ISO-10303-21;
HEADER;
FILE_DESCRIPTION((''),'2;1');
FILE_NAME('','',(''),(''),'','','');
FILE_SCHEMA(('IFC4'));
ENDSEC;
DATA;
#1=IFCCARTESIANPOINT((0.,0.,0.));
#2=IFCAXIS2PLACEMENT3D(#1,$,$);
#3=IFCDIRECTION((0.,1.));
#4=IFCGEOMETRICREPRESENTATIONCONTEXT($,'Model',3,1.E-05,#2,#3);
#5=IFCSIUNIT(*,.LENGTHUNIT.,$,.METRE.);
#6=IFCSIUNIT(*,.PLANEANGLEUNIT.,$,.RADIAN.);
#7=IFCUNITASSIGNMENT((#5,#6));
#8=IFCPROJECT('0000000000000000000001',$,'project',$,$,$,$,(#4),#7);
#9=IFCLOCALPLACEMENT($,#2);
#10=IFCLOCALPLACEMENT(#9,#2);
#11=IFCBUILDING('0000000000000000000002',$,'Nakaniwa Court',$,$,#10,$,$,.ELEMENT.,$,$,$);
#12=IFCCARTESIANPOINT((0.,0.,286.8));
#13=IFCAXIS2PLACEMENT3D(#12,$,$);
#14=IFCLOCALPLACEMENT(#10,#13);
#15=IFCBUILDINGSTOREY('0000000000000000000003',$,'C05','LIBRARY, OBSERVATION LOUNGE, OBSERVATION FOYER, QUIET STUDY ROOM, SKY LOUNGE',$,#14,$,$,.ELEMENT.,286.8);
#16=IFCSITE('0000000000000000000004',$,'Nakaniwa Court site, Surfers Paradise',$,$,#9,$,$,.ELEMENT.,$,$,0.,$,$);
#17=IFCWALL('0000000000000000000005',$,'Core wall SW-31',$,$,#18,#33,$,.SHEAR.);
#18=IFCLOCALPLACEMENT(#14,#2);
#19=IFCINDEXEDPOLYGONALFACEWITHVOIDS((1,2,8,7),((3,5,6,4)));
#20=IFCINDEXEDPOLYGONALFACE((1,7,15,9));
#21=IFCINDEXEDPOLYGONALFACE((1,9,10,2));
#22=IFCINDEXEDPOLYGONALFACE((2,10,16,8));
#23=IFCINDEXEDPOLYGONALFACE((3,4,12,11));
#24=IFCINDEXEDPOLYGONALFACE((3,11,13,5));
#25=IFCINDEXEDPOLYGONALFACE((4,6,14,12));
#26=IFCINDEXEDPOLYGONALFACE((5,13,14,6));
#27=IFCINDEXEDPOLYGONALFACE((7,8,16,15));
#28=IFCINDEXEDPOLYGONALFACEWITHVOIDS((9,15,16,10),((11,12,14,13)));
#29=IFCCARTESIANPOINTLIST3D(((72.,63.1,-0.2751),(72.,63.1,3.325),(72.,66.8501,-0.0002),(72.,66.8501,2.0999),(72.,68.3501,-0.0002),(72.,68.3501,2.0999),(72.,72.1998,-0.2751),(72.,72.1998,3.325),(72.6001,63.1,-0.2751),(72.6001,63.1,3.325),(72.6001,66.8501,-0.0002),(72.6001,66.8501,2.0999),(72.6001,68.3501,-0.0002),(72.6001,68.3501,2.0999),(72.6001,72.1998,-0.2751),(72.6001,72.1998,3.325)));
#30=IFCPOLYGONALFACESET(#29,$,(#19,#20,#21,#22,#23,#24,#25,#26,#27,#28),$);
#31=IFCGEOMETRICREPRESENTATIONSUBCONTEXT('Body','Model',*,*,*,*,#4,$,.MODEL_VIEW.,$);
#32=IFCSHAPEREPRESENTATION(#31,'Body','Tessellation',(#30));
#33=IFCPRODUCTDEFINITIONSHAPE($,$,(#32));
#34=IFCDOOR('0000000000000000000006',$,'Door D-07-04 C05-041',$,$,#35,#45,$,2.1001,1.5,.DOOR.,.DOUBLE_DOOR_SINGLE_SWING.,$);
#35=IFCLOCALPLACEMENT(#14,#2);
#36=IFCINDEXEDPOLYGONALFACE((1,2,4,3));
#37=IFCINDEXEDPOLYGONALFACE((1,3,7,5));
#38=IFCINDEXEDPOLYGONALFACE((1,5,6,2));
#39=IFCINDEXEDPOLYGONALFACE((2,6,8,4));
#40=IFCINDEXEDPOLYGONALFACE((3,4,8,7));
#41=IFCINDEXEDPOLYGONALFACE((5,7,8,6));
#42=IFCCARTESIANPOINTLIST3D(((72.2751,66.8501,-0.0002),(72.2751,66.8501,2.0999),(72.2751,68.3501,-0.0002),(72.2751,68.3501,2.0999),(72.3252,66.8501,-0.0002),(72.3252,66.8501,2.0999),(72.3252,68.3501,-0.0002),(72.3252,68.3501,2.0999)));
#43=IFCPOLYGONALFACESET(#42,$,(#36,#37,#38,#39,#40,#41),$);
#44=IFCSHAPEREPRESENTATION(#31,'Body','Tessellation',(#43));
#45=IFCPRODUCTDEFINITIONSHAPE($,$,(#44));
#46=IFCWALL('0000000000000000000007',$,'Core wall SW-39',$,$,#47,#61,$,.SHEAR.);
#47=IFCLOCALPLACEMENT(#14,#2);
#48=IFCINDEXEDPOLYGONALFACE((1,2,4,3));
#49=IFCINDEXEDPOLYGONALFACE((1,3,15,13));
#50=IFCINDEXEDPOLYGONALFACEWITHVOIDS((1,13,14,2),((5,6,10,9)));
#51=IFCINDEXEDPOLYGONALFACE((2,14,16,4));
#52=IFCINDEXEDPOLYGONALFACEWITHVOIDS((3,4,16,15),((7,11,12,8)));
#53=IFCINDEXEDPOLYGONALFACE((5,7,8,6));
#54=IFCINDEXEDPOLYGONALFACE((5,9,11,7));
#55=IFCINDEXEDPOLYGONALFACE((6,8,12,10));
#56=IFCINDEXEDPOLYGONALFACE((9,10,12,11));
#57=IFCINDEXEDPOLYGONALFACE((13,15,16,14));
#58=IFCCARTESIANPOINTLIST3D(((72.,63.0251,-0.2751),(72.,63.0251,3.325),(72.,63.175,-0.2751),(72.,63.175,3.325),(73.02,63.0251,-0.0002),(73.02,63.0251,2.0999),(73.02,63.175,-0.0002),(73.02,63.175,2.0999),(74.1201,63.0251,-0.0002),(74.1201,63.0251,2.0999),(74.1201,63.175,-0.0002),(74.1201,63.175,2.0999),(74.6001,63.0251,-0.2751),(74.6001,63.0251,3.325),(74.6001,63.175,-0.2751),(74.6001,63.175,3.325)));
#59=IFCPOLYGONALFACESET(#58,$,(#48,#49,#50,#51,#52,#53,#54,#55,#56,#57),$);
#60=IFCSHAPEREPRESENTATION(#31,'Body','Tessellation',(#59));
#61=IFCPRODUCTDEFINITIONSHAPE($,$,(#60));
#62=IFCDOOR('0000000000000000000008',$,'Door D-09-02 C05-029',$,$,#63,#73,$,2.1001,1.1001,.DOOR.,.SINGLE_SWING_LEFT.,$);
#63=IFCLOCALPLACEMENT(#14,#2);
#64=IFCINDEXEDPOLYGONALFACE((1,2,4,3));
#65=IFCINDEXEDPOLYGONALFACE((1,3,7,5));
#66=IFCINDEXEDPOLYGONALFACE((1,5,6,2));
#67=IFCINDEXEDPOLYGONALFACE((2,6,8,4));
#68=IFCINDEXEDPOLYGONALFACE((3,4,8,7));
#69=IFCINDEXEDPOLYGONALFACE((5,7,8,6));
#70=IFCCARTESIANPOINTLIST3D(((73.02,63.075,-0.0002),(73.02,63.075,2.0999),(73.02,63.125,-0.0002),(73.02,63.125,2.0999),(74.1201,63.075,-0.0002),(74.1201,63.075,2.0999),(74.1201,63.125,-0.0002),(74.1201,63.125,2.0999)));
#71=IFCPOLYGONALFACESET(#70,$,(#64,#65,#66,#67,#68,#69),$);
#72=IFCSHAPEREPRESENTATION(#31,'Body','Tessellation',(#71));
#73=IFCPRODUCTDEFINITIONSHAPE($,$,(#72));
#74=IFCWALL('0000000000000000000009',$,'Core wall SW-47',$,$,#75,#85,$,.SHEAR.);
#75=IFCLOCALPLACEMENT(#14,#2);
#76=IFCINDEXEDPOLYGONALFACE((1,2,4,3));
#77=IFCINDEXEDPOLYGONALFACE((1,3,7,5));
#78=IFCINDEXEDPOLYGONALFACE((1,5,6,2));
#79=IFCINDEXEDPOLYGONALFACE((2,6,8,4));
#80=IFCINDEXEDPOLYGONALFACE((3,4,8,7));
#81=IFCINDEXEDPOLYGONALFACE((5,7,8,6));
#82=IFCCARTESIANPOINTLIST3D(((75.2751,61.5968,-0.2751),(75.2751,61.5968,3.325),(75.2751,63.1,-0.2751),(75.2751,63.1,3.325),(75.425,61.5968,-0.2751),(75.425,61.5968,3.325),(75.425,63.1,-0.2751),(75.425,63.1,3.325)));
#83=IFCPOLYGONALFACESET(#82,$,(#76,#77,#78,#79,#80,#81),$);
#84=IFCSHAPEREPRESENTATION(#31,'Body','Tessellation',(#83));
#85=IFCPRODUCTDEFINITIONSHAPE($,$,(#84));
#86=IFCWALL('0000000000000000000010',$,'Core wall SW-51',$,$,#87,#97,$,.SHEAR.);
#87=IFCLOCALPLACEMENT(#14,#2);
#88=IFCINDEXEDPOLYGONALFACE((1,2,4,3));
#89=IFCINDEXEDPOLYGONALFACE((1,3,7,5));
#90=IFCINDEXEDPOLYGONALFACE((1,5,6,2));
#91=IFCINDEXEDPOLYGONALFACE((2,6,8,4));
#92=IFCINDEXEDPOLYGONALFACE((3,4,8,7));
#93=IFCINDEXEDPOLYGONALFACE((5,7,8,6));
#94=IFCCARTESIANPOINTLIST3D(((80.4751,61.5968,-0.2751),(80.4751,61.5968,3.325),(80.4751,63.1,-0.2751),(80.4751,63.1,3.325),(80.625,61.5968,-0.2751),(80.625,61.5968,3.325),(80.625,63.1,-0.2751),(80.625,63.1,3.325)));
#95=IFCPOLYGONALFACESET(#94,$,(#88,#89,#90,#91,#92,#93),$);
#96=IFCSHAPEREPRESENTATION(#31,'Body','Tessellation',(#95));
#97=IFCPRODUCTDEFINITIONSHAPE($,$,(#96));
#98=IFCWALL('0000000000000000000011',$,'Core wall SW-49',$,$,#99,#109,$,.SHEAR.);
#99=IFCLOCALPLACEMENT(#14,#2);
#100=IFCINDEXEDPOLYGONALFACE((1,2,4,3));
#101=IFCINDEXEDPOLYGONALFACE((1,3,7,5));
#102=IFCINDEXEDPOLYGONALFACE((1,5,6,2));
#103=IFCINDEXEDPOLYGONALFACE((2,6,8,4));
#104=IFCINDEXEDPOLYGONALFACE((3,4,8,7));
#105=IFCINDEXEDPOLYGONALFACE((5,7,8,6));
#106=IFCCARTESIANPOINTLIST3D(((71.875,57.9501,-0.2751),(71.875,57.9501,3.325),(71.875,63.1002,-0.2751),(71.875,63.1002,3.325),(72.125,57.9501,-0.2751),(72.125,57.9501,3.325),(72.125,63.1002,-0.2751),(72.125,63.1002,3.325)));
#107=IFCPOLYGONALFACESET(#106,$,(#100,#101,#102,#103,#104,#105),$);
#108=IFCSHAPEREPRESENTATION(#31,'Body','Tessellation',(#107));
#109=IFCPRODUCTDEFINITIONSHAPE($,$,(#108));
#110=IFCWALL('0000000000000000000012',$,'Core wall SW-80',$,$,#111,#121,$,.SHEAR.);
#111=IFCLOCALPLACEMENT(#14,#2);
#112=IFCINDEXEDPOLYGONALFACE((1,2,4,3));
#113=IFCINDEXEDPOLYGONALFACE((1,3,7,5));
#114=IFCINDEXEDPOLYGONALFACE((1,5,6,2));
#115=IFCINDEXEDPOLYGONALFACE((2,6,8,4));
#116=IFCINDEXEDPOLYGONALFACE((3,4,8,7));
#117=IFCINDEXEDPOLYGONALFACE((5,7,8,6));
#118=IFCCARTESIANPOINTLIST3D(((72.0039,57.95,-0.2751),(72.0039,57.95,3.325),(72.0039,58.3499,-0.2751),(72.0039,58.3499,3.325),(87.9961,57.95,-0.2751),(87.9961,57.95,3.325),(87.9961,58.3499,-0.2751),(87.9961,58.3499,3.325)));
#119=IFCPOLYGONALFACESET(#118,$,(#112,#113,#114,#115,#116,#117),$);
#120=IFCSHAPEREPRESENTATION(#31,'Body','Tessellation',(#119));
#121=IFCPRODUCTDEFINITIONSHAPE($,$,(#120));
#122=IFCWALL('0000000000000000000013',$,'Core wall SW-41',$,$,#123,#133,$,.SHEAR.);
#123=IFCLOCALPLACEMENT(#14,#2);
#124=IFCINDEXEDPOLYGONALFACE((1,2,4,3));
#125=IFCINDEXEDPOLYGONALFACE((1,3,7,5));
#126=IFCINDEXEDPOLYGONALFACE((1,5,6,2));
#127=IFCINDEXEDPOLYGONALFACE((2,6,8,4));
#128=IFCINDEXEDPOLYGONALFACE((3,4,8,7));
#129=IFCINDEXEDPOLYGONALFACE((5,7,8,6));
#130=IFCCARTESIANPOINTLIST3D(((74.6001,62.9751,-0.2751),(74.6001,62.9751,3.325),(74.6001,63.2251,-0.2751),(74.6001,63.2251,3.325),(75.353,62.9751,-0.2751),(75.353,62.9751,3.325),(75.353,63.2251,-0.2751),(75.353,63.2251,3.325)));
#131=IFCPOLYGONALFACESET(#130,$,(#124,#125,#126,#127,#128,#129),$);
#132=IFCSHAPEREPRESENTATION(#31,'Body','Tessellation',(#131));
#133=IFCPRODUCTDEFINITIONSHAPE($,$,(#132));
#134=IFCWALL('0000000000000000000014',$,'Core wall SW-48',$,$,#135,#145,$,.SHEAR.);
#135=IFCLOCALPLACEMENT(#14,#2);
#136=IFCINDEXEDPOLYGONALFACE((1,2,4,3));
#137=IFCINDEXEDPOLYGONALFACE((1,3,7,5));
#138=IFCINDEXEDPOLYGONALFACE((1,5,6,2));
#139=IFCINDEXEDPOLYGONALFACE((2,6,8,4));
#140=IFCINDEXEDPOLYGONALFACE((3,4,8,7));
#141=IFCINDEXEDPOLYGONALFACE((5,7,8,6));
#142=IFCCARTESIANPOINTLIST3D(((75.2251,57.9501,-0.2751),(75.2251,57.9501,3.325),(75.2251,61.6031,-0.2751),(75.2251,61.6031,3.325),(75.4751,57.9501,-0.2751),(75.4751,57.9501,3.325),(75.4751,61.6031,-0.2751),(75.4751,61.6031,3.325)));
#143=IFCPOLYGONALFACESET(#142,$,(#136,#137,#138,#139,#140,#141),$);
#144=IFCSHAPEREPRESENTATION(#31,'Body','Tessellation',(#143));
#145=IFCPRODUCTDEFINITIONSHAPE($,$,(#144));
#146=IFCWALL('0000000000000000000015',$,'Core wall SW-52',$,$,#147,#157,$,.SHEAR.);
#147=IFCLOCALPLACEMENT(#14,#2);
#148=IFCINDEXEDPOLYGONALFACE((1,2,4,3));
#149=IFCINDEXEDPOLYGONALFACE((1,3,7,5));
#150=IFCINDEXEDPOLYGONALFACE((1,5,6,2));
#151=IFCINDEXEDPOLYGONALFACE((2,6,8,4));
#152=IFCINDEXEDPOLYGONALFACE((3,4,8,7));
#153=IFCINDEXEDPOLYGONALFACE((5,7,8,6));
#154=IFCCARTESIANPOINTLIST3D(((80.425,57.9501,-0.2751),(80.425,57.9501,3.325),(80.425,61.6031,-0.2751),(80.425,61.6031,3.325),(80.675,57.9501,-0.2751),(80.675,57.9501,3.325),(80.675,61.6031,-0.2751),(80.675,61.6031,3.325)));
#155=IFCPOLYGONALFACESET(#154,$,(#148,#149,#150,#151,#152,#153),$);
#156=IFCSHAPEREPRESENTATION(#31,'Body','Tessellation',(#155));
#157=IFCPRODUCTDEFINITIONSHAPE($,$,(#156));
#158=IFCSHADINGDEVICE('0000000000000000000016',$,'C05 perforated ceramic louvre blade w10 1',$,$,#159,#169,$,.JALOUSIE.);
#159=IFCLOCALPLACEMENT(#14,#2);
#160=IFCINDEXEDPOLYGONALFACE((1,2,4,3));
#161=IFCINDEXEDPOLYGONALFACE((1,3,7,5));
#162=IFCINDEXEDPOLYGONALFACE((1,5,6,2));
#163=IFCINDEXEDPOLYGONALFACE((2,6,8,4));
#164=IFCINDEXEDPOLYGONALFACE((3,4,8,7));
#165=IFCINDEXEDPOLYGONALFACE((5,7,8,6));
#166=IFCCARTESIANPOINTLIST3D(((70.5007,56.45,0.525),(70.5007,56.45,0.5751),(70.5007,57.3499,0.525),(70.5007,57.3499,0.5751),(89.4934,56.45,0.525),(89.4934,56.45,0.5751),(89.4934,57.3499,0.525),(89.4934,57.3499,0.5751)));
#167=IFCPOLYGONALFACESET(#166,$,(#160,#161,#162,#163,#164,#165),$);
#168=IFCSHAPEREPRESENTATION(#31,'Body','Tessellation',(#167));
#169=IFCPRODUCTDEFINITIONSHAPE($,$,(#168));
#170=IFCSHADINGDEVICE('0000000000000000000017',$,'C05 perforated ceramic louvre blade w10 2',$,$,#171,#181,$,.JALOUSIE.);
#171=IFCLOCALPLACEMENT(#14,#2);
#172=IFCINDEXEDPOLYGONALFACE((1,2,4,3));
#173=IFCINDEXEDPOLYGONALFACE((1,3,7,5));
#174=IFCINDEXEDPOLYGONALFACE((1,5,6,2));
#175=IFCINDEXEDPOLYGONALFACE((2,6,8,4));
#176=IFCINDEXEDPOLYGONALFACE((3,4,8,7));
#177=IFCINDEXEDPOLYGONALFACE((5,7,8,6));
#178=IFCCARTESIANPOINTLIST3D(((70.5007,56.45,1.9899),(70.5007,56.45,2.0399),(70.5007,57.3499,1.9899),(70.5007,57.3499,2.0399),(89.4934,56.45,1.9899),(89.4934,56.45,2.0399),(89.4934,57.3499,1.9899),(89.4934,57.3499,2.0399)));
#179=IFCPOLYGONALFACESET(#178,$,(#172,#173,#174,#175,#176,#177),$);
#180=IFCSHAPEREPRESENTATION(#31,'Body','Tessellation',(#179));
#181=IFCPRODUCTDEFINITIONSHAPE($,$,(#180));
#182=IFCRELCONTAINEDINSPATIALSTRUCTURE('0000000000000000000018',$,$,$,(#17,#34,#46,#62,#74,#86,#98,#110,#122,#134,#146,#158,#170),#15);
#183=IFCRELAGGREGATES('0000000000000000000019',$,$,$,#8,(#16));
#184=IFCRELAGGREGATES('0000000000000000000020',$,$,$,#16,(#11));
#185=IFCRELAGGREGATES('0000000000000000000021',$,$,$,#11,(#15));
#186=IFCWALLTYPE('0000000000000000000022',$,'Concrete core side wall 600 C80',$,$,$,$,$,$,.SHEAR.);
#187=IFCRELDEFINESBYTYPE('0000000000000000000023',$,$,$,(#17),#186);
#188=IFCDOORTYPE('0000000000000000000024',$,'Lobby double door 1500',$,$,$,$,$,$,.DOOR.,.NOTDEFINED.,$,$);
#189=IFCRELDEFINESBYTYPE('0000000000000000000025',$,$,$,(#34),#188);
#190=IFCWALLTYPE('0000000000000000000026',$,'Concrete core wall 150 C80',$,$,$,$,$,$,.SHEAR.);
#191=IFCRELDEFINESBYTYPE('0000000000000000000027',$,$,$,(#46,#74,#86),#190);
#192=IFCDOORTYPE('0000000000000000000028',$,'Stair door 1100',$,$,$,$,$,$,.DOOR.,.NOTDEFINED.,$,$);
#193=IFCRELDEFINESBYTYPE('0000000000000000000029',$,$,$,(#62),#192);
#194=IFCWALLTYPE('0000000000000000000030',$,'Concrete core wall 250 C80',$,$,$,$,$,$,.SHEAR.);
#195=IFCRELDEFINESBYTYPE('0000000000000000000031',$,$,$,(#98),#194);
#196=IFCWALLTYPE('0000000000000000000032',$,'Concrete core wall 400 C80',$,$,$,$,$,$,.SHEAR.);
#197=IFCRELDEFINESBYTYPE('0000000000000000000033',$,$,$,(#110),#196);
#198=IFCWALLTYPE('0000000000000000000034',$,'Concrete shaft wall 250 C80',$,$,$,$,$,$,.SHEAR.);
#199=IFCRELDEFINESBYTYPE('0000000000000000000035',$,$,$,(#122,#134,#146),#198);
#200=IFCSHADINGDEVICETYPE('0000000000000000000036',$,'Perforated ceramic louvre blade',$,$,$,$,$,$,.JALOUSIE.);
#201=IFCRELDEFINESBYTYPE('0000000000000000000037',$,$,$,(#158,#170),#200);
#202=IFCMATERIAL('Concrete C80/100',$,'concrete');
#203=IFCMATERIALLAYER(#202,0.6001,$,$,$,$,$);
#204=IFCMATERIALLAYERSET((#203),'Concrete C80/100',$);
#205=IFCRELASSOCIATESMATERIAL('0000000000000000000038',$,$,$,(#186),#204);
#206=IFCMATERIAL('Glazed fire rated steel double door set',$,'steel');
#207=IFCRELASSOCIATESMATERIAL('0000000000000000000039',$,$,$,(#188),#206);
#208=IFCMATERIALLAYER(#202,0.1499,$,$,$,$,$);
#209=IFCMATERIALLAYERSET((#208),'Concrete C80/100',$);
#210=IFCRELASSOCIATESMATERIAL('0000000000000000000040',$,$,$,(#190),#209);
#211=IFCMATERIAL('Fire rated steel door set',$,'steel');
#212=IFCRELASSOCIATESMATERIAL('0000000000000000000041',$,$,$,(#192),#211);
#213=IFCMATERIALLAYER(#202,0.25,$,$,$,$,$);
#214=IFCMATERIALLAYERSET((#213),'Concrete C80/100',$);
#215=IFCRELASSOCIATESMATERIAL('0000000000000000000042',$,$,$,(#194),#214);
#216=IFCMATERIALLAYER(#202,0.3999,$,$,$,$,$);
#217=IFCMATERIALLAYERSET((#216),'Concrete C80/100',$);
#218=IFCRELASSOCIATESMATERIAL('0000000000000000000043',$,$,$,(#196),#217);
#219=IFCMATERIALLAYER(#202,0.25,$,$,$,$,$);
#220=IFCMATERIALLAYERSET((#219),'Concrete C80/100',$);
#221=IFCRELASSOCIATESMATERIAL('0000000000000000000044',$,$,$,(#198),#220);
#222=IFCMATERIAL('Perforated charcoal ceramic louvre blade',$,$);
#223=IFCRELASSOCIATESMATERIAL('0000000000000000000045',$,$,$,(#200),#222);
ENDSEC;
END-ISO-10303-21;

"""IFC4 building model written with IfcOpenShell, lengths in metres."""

from ifc_helpers import new_model, si_unit, direction, frame, frame_2d, origin, origin_2d, place, context, subcontext, project, spatial, rectangle, extrude, material, layer, layer_set, material_profile, profile_set, type_object, element, fill, save


model = new_model("IFC4")

# Units and contexts
model_context = context("Model", 3, precision=1e-05, world=origin(), true_north=direction((0.0, 1.0)))
body_context = subcontext(model_context, "Body", "Model", "MODEL_VIEW")
ifc_project = project(units=[si_unit("LENGTHUNIT", "METRE"), si_unit("PLANEANGLEUNIT", "RADIAN")], contexts=[model_context])

# Site, building, storey
site_placement = place(None, origin())
site = spatial("IfcSite", under=ifc_project, at=site_placement, Name="Nakaniwa Court site, Surfers Paradise", CompositionType="ELEMENT", RefElevation=0.0)
building_placement = place(site_placement, origin())
building = spatial("IfcBuilding", under=site, at=building_placement, Name="Nakaniwa Court", CompositionType="ELEMENT")
storey_placement = place(building_placement, frame((0.0, 0.0, 286.8)))
storey = spatial("IfcBuildingStorey", under=building, at=storey_placement, Name="C05", Description="LIBRARY, OBSERVATION LOUNGE, OBSERVATION FOYER, QUIET STUDY ROOM, SKY LOUNGE", CompositionType="ELEMENT", Elevation=286.8)

# Shared definitions
ifc_material_1 = material(Name="Fire rated steel door set", Category="steel")

# Walls, openings, doors
ifc_material_2 = material(Name="Concrete C80/100", Category="concrete")
ifc_layer_1 = layer(ifc_material_2, 0.6001)
ifc_layer_set_1 = layer_set([ifc_layer_1], Name="Concrete C80/100")
wall_type_1 = type_object("IfcWallType", Name="Concrete core side wall 600 C80", PredefinedType="SHEAR", material=ifc_layer_set_1)
wall_1_placement = place(storey_placement, frame((72.3, 63.1001, -0.2751), z_axis=(0.0, 0.0, 1.0), x_axis=(0.0, 1.0, 0.0)))
wall_1 = element("IfcWall", 1, at=wall_1_placement, inside=storey, type_object=wall_type_1, Name="Core wall SW-31", PredefinedType="SHEAR", context=body_context, shape_type="SweptSolid", body=[
    extrude(rectangle(XDim=9.0999, YDim=0.6001, at=frame_2d((4.5498, 0.0))), origin(), (0.0, 0.0, 1.0), 3.6001),
])
opening_1_placement = place(wall_1_placement, frame((3.75, 0.0, 0.2749)))
opening_1 = element("IfcOpeningElement", 2, at=opening_1_placement, cuts=wall_1, PredefinedType="OPENING", context=body_context, shape_type="SweptSolid", body=[
    extrude(rectangle(XDim=1.5, YDim=2.1001, at=frame_2d((0.75, 1.05))), frame((0.0, 0.3101, 0.0), z_axis=(0.0, -1.0, 0.0), x_axis=(1.0, 0.0, 0.0)), (0.0, 0.0, 1.0), 0.6201),
])
ifc_material_3 = material(Name="Glazed fire rated steel double door set", Category="steel")
door_type_1 = type_object("IfcDoorType", Name="Lobby double door 1500", OperationType="NOTDEFINED", PredefinedType="DOOR", material=ifc_material_3)
door_1_placement = place(opening_1_placement, origin())
door_1 = element("IfcDoor", 3, at=door_1_placement, inside=storey, type_object=door_type_1, Name="Door D-07-04 C05-041", OperationType="DOUBLE_DOOR_SINGLE_SWING", OverallHeight=2.1001, OverallWidth=1.5, PredefinedType="DOOR", context=body_context, shape_type="SweptSolid", body=[
    extrude(rectangle(XDim=1.5, YDim=2.1001, at=frame_2d((0.75, 1.05))), frame((0.0, 0.0249, 0.0), z_axis=(0.0, -1.0, 0.0), x_axis=(1.0, 0.0, 0.0)), (0.0, 0.0, 1.0), 0.05),
])
fill(opening_1, door_1)
ifc_layer_2 = layer(ifc_material_2, 0.1499)
ifc_layer_set_2 = layer_set([ifc_layer_2], Name="Concrete C80/100")
wall_type_2 = type_object("IfcWallType", Name="Concrete core wall 150 C80", PredefinedType="SHEAR", material=ifc_layer_set_2)
wall_2_placement = place(storey_placement, frame((72.0, 63.1001, -0.2751), z_axis=(0.0, 0.0, 1.0), x_axis=(1.0, 0.0, 0.0)))
wall_2 = element("IfcWall", 4, at=wall_2_placement, inside=storey, type_object=wall_type_2, Name="Core wall SW-39", PredefinedType="SHEAR", context=body_context, shape_type="SweptSolid", body=[
    extrude(rectangle(XDim=2.6001, YDim=0.1499, at=frame_2d((1.3, 0.0))), origin(), (0.0, 0.0, 1.0), 3.6001),
])
opening_2_placement = place(wall_2_placement, frame((1.02, 0.0, 0.2749)))
opening_2 = element("IfcOpeningElement", 5, at=opening_2_placement, cuts=wall_2, PredefinedType="OPENING", context=body_context, shape_type="SweptSolid", body=[
    extrude(rectangle(XDim=1.1001, YDim=2.1001, at=frame_2d((0.55, 1.05))), frame((0.0, 0.085, 0.0), z_axis=(0.0, -1.0, 0.0), x_axis=(1.0, 0.0, 0.0)), (0.0, 0.0, 1.0), 0.1699),
])
door_type_2 = type_object("IfcDoorType", Name="Stair door 1100", OperationType="NOTDEFINED", PredefinedType="DOOR", material=ifc_material_1)
door_2_placement = place(opening_2_placement, origin())
door_2 = element("IfcDoor", 6, at=door_2_placement, inside=storey, type_object=door_type_2, Name="Door D-09-02 C05-029", OperationType="SINGLE_SWING_LEFT", OverallHeight=2.1001, OverallWidth=1.1001, PredefinedType="DOOR", context=body_context, shape_type="SweptSolid", body=[
    extrude(rectangle(XDim=1.1001, YDim=2.1001, at=frame_2d((0.55, 1.05))), frame((0.0, 0.0249, 0.0), z_axis=(0.0, -1.0, 0.0), x_axis=(1.0, 0.0, 0.0)), (0.0, 0.0, 1.0), 0.05),
])
fill(opening_2, door_2)

# Walls
for number, where, z_axis, x_axis, name in (
    (7, (75.3501, 61.5969, -0.2751), (0.0, 0.0, 1.0), (0.0, 1.0, 0.0), "Core wall SW-47"),
    (8, (80.55, 61.5969, -0.2751), (0.0, 0.0, 1.0), (0.0, 1.0, 0.0), "Core wall SW-51"),
):
    element("IfcWall", number, at=place(storey_placement, frame(where, z_axis=z_axis, x_axis=x_axis)), inside=storey, type_object=wall_type_2, Name=name, PredefinedType="SHEAR", context=body_context, shape_type="SweptSolid", body=[
        extrude(rectangle(XDim=1.5032, YDim=0.1499, at=frame_2d((0.7515, 0.0))), origin(), (0.0, 0.0, 1.0), 3.6001),
    ])
ifc_layer_3 = layer(ifc_material_2, 0.25)
ifc_layer_set_3 = layer_set([ifc_layer_3], Name="Concrete C80/100")
wall_type_3 = type_object("IfcWallType", Name="Concrete core wall 250 C80", PredefinedType="SHEAR", material=ifc_layer_set_3)
wall_3_placement = place(storey_placement, frame((72.0, 57.95, -0.2751), z_axis=(0.0, 0.0, 1.0), x_axis=(0.0, 1.0, 0.0)))
element("IfcWall", 9, at=wall_3_placement, inside=storey, type_object=wall_type_3, Name="Core wall SW-49", PredefinedType="SHEAR", context=body_context, shape_type="SweptSolid", body=[
    extrude(rectangle(XDim=5.1501, YDim=0.25, at=frame_2d((2.5752, 0.0))), origin(), (0.0, 0.0, 1.0), 3.6001),
])
ifc_layer_4 = layer(ifc_material_2, 0.3999)
ifc_layer_set_4 = layer_set([ifc_layer_4], Name="Concrete C80/100")
wall_type_4 = type_object("IfcWallType", Name="Concrete core wall 400 C80", PredefinedType="SHEAR", material=ifc_layer_set_4)
wall_4_placement = place(storey_placement, frame((72.0039, 58.1499, -0.2751), z_axis=(0.0, 0.0, 1.0), x_axis=(1.0, 0.0, 0.0)))
element("IfcWall", 10, at=wall_4_placement, inside=storey, type_object=wall_type_4, Name="Core wall SW-80", PredefinedType="SHEAR", context=body_context, shape_type="SweptSolid", body=[
    extrude(rectangle(XDim=15.9922, YDim=0.3999, at=frame_2d((7.9961, 0.0))), origin(), (0.0, 0.0, 1.0), 3.6001),
])
ifc_layer_5 = layer(ifc_material_2, 0.25)
ifc_layer_set_5 = layer_set([ifc_layer_5], Name="Concrete C80/100")
wall_type_5 = type_object("IfcWallType", Name="Concrete shaft wall 250 C80", PredefinedType="SHEAR", material=ifc_layer_set_5)
wall_5_placement = place(storey_placement, frame((74.6001, 63.1001, -0.2751), z_axis=(0.0, 0.0, 1.0), x_axis=(1.0, 0.0, 0.0)))
element("IfcWall", 11, at=wall_5_placement, inside=storey, type_object=wall_type_5, Name="Core wall SW-41", PredefinedType="SHEAR", context=body_context, shape_type="SweptSolid", body=[
    extrude(rectangle(XDim=0.7529, YDim=0.25, at=frame_2d((0.3765, 0.0))), origin(), (0.0, 0.0, 1.0), 3.6001),
])
for number, where, z_axis, x_axis, name in (
    (12, (75.3501, 57.95, -0.2751), (0.0, 0.0, 1.0), (0.0, 1.0, 0.0), "Core wall SW-48"),
    (13, (80.55, 57.95, -0.2751), (0.0, 0.0, 1.0), (0.0, 1.0, 0.0), "Core wall SW-52"),
):
    element("IfcWall", number, at=place(storey_placement, frame(where, z_axis=z_axis, x_axis=x_axis)), inside=storey, type_object=wall_type_5, Name=name, PredefinedType="SHEAR", context=body_context, shape_type="SweptSolid", body=[
        extrude(rectangle(XDim=3.6531, YDim=0.25, at=frame_2d((1.8267, 0.0))), origin(), (0.0, 0.0, 1.0), 3.6001),
    ])

# Shading devices
ifc_material_4 = material(Name="Perforated charcoal ceramic louvre blade")
ifc_material_profile = material_profile(ifc_material_4, rectangle(XDim=0.8999, YDim=0.05, at=origin_2d()), Name="Perforated ceramic louvre blade")
ifc_profile_set = profile_set([ifc_material_profile], Name="Perforated charcoal ceramic louvre blade")
shading_device_type = type_object("IfcShadingDeviceType", Name="Perforated ceramic louvre blade", PredefinedType="JALOUSIE", material=ifc_profile_set)
for number, where, z_axis, x_axis, name in (
    (14, (70.5007, 56.8999, 0.55), (1.0, 0.0, 0.0), (0.0, 1.0, 0.0), "C05 perforated ceramic louvre blade w10 1"),
    (15, (70.5007, 56.8999, 2.0149), (1.0, 0.0, 0.0), (0.0, 1.0, 0.0), "C05 perforated ceramic louvre blade w10 2"),
):
    element("IfcShadingDevice", number, at=place(storey_placement, frame(where, z_axis=z_axis, x_axis=x_axis)), inside=storey, type_object=shading_device_type, Name=name, PredefinedType="JALOUSIE", context=body_context, shape_type="SweptSolid", body=[
        extrude(rectangle(XDim=0.8999, YDim=0.05, at=origin_2d()), origin(), (0.0, 0.0, 1.0), 18.9927),
    ])

save(model, "model.ifc")
